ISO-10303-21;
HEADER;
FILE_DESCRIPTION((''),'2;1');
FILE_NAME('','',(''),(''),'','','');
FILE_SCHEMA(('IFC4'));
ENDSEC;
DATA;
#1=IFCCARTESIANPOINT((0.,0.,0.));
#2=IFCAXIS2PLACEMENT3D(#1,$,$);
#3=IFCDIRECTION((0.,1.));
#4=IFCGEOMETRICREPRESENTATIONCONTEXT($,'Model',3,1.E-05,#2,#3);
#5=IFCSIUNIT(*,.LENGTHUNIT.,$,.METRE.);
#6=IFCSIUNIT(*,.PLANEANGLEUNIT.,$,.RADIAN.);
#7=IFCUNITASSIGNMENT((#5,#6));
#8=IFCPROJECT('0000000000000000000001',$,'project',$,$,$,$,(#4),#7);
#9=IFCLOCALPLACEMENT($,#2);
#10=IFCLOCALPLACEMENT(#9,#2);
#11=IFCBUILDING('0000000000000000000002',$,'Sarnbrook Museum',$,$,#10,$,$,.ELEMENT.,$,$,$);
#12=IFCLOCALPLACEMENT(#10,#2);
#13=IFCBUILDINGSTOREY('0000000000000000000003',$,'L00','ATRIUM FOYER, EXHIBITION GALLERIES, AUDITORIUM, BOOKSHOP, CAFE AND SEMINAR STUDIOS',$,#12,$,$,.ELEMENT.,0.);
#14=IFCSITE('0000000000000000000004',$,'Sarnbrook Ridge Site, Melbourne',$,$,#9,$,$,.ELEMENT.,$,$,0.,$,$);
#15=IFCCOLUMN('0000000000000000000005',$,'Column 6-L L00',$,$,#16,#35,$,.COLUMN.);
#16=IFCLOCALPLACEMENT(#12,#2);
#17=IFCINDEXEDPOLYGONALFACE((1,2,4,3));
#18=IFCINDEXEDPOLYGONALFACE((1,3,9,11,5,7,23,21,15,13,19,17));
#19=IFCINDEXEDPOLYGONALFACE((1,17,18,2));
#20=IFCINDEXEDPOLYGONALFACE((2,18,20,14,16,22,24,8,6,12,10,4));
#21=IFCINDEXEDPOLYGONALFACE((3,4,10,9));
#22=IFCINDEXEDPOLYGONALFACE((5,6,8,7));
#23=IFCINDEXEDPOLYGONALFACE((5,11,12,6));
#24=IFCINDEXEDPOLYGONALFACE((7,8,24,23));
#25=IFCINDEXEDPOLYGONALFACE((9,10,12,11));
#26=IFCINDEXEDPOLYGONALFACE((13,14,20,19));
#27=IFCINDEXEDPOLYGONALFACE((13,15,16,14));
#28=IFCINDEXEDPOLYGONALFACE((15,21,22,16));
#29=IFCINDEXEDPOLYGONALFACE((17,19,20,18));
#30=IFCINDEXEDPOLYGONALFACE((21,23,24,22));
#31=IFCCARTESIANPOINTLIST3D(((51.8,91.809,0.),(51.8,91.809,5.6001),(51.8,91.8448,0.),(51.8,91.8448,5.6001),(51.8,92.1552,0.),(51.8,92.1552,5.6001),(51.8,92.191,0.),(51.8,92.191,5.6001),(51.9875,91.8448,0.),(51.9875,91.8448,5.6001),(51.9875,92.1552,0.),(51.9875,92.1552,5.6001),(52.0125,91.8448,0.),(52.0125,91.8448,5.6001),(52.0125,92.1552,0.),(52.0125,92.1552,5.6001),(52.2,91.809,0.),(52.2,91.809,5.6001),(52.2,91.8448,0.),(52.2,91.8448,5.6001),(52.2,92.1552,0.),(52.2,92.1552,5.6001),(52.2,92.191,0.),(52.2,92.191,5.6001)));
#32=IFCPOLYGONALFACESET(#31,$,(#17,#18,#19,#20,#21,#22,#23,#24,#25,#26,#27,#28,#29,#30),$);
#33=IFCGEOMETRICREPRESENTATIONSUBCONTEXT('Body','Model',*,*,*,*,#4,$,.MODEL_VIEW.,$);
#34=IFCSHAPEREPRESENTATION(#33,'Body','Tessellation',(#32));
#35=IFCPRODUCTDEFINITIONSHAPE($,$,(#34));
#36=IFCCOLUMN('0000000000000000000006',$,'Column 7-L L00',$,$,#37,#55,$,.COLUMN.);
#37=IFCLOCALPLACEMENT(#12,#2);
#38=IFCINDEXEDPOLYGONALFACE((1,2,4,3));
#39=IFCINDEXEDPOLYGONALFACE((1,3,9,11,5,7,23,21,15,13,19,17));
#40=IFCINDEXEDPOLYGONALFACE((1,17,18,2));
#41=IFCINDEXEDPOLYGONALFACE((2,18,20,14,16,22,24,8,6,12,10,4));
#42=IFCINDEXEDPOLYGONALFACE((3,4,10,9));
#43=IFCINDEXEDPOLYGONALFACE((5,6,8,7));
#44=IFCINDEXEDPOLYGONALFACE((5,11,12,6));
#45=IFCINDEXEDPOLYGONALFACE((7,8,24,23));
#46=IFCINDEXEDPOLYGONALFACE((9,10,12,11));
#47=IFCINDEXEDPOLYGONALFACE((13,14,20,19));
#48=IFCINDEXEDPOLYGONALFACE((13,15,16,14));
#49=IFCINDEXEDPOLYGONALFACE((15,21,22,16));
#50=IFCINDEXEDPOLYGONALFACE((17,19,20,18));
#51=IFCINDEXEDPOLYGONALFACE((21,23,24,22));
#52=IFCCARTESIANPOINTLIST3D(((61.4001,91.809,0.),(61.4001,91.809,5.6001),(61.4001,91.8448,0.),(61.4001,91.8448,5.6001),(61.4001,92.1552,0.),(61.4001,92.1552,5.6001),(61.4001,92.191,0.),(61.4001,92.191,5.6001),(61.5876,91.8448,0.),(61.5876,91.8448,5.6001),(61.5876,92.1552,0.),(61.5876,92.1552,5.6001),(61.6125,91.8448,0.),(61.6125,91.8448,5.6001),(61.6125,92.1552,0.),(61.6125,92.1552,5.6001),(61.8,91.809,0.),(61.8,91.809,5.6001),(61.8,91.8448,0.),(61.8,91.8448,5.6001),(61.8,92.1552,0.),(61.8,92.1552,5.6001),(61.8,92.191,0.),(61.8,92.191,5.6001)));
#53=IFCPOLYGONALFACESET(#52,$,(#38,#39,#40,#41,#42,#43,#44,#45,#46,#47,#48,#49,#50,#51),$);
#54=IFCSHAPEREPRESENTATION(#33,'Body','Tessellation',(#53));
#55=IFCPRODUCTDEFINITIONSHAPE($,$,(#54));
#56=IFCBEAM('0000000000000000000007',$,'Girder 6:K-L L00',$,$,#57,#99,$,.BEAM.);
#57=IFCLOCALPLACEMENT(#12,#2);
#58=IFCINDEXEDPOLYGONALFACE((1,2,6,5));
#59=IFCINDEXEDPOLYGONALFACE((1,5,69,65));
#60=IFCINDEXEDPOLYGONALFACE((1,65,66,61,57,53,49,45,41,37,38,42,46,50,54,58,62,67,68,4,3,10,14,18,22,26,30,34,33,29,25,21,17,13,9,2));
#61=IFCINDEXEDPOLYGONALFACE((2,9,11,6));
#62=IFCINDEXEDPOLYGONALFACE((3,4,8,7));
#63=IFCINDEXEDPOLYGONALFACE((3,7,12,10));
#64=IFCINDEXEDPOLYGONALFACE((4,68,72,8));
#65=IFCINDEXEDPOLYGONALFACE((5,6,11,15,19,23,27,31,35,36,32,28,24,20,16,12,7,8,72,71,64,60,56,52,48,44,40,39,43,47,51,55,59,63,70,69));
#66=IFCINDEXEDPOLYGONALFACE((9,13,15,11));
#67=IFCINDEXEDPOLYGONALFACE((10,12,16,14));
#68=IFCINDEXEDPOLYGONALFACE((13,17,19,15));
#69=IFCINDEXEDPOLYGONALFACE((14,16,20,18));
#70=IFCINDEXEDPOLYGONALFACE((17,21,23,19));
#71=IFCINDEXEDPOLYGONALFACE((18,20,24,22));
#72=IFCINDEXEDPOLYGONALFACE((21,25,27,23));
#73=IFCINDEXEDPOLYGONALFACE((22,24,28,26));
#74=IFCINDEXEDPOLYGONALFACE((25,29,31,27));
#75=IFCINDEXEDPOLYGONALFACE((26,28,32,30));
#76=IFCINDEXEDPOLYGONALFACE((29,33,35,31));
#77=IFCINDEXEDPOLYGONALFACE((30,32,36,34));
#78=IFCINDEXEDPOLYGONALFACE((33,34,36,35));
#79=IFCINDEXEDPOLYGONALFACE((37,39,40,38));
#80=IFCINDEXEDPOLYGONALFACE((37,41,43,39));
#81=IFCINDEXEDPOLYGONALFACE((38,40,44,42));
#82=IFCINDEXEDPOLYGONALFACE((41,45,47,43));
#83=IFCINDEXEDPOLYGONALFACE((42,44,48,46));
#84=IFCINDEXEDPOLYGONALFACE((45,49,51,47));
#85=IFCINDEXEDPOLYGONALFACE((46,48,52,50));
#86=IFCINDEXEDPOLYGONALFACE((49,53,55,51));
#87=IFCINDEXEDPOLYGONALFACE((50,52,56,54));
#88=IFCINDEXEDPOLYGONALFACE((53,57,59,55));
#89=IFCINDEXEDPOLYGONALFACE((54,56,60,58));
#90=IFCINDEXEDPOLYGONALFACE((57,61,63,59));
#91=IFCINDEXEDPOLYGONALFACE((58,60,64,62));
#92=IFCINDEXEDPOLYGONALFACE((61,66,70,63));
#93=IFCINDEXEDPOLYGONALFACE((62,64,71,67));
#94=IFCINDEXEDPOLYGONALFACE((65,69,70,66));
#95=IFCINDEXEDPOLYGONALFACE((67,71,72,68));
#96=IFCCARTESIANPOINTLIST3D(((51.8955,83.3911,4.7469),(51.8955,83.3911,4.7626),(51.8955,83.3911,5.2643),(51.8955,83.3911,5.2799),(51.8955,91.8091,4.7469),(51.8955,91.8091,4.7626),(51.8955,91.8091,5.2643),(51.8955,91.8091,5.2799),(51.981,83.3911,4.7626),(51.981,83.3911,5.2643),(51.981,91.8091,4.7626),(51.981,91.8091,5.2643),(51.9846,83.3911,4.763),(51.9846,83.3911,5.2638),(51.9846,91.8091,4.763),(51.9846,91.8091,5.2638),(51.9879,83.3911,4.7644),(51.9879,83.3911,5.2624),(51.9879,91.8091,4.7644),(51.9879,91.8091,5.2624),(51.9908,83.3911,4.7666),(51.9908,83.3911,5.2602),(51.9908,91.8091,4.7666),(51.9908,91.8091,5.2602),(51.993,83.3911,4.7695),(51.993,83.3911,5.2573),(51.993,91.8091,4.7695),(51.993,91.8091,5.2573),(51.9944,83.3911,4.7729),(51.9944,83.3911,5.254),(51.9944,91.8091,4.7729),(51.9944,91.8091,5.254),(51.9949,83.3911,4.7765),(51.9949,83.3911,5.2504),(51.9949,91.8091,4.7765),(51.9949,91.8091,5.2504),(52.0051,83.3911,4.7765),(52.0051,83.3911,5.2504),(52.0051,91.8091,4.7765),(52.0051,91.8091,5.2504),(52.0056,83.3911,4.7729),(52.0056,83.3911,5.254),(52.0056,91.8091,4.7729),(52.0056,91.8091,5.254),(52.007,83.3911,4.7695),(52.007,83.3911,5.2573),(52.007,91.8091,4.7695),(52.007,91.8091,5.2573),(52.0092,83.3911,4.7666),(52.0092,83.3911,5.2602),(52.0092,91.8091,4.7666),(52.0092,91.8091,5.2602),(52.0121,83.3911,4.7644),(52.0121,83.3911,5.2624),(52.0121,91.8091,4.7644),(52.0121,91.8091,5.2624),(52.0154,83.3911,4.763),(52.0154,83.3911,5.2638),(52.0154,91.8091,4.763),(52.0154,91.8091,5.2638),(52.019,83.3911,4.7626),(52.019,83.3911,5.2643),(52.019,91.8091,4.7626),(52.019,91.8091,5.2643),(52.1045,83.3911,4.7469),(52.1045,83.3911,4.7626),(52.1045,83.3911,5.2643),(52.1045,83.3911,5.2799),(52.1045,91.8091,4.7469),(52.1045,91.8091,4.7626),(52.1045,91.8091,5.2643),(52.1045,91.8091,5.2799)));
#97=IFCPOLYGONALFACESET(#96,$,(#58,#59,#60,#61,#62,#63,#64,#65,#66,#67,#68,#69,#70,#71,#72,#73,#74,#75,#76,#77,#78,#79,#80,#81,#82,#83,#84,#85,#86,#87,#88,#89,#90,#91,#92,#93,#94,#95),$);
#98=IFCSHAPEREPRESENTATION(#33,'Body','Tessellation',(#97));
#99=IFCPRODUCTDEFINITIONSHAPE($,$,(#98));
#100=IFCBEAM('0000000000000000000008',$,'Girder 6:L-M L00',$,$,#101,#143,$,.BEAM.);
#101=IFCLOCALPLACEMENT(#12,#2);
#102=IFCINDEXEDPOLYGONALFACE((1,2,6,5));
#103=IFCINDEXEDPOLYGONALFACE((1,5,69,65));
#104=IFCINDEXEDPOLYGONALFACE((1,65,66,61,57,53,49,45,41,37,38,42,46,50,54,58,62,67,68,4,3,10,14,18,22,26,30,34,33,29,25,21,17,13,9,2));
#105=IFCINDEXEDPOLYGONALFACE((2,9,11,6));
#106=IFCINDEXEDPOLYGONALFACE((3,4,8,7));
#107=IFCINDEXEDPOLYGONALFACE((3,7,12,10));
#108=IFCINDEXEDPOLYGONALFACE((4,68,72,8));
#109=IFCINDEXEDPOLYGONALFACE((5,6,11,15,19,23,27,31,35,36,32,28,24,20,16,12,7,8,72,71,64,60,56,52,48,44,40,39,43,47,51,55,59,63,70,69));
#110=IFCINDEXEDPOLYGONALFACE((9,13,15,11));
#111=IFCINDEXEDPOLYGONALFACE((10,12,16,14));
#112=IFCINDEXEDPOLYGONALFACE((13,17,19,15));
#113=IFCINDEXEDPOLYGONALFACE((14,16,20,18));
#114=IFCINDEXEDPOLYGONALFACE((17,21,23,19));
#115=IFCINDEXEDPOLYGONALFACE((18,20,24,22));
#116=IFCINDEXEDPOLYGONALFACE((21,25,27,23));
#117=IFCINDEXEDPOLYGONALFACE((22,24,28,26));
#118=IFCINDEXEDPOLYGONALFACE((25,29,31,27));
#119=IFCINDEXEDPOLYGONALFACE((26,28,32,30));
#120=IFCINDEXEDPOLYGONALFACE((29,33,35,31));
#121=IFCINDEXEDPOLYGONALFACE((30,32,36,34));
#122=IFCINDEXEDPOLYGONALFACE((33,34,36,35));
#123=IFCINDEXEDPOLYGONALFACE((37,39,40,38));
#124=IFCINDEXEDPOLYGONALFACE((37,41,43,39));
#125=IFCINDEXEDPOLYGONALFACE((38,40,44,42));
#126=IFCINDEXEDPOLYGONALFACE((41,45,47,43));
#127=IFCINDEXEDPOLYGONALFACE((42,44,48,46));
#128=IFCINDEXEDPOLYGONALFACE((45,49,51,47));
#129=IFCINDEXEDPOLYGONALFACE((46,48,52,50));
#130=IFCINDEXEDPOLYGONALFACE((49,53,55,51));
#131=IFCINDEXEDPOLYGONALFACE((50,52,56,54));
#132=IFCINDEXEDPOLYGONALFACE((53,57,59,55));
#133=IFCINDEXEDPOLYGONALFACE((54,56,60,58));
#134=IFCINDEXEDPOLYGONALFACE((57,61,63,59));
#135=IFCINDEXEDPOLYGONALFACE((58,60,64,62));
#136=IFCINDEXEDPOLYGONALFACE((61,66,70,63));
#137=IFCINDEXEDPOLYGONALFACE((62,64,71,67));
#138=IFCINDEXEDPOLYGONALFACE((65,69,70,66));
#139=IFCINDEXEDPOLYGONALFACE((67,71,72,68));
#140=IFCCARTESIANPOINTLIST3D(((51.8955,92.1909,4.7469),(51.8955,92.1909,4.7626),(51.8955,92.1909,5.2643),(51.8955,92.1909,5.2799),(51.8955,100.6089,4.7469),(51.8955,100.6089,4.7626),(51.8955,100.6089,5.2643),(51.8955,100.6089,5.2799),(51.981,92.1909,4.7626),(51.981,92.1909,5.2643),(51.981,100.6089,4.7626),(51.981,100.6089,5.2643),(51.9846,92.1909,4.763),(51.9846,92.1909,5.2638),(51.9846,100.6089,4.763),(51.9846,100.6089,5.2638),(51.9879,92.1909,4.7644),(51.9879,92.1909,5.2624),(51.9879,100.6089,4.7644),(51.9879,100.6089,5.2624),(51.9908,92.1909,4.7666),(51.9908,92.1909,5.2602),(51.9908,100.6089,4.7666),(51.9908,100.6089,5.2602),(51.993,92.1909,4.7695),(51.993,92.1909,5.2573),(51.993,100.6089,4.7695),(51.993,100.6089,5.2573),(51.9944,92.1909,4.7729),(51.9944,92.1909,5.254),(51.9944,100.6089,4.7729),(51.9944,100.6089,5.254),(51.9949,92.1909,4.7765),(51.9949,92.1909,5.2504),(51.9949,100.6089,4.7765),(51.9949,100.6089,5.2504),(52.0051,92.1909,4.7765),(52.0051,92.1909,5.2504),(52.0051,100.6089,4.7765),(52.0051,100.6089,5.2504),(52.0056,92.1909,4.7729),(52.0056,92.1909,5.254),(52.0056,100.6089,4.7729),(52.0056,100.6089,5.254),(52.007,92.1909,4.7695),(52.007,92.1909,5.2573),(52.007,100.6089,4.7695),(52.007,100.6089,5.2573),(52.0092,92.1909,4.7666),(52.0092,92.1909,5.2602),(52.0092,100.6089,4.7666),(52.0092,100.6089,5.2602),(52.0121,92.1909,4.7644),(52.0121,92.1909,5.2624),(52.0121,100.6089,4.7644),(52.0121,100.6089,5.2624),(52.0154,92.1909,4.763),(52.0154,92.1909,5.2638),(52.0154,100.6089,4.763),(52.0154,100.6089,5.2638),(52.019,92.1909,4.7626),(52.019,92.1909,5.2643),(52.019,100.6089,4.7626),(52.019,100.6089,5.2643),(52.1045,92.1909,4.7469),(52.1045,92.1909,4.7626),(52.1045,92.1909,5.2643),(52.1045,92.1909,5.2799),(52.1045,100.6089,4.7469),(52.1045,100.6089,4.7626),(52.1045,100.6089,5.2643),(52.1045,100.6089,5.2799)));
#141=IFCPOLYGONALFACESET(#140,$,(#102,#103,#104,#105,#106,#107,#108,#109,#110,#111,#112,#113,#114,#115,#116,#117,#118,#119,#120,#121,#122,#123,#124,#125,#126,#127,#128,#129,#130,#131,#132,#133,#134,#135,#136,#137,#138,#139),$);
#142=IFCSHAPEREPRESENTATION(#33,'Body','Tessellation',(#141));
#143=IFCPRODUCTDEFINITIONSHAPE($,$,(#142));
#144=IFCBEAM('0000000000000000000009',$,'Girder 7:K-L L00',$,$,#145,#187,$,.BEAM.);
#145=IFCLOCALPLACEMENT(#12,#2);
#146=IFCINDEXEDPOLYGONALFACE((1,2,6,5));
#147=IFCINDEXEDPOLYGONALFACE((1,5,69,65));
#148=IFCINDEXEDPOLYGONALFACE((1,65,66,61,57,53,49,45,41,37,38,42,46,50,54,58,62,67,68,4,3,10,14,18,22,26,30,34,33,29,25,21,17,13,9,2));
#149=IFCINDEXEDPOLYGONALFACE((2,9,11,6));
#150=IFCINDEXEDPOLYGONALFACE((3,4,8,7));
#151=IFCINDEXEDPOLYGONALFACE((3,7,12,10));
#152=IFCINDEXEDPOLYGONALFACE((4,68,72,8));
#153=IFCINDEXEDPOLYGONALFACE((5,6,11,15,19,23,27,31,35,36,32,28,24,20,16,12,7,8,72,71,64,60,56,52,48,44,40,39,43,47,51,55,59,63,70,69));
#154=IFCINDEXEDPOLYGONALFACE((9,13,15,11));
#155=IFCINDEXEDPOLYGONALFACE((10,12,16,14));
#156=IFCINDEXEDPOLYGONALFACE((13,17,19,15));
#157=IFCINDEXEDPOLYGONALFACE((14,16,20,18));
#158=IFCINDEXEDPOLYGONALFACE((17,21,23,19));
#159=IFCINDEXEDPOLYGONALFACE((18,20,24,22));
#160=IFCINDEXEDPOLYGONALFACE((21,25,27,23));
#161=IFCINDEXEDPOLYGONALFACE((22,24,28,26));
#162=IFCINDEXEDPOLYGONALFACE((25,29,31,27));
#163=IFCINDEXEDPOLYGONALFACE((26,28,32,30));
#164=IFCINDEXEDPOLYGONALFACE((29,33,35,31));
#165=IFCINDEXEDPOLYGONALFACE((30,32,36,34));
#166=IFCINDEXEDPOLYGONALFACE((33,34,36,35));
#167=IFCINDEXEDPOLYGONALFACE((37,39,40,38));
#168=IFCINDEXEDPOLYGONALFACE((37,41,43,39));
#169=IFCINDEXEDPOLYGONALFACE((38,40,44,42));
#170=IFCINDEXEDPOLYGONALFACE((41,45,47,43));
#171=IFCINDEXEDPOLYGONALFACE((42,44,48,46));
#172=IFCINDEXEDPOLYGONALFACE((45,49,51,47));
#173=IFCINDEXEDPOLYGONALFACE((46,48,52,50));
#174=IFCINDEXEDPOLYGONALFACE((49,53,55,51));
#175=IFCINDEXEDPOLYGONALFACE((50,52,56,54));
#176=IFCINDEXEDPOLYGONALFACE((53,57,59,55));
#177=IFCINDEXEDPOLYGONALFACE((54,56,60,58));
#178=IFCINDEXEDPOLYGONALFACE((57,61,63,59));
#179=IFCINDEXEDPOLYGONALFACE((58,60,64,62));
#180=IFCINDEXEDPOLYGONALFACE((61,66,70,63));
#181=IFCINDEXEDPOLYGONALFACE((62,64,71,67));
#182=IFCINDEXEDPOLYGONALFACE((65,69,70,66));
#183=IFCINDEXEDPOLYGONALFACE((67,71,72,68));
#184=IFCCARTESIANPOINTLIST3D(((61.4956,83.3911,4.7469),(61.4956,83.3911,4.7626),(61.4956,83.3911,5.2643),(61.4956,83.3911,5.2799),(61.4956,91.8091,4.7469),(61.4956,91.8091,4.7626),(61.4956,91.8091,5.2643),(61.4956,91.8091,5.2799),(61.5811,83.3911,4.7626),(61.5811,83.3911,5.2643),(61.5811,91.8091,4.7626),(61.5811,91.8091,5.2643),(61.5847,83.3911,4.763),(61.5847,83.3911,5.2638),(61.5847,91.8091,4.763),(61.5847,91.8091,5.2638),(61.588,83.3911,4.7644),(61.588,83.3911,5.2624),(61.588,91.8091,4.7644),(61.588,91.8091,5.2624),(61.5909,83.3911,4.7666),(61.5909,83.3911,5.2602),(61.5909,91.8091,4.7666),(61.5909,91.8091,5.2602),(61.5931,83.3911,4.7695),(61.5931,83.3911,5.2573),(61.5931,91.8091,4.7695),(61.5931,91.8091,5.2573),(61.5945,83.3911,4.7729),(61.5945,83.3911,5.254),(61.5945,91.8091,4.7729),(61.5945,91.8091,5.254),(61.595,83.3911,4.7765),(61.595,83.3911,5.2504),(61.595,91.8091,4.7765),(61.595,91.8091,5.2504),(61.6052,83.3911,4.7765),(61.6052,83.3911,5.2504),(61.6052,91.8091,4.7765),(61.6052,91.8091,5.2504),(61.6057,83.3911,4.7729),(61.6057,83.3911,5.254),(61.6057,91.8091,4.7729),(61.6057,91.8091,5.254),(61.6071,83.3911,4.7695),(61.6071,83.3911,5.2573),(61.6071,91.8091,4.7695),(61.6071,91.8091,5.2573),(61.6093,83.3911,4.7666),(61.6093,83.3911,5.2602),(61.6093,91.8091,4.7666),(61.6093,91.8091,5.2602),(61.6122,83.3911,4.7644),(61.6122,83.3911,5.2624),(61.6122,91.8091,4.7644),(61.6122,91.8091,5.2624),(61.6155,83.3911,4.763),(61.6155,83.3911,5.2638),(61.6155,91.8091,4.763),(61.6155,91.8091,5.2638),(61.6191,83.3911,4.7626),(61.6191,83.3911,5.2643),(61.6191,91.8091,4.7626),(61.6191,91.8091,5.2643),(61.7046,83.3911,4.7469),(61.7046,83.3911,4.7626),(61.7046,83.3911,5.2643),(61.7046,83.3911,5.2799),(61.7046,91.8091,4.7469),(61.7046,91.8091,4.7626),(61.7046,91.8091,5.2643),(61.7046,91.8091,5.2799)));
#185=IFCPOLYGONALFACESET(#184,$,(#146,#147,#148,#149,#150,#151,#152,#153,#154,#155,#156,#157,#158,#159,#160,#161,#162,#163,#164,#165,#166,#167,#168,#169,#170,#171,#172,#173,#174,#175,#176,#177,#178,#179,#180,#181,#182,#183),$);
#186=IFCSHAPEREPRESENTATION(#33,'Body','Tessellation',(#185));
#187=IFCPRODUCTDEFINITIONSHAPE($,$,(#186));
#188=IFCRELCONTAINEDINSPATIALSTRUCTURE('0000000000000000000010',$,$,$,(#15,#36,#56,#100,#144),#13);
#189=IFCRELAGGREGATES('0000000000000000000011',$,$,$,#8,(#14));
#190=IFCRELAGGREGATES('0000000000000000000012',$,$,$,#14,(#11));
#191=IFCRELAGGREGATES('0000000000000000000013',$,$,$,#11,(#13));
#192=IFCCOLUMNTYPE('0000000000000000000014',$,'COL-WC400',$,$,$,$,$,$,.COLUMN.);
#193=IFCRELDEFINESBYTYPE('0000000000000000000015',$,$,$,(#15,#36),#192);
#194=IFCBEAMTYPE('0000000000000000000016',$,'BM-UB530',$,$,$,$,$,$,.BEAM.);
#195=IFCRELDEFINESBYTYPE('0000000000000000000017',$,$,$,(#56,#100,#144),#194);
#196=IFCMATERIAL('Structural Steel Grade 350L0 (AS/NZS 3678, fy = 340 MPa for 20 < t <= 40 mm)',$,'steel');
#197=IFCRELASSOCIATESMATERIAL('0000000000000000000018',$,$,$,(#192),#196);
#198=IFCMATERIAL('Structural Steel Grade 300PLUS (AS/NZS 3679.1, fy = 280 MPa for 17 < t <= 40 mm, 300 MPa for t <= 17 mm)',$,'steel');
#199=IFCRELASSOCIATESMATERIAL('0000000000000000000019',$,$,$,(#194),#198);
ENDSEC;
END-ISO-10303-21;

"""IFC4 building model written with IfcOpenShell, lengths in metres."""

from ifc_helpers import new_model, si_unit, direction, frame, origin, origin_2d, place, context, subcontext, project, spatial, i_section, extrude, material, material_profile, profile_set, type_object, element, save


model = new_model("IFC4")

# Units and contexts
model_context = context("Model", 3, precision=1e-05, world=origin(), true_north=direction((0.0, 1.0)))
body_context = subcontext(model_context, "Body", "Model", "MODEL_VIEW")
ifc_project = project(units=[si_unit("LENGTHUNIT", "METRE"), si_unit("PLANEANGLEUNIT", "RADIAN")], contexts=[model_context])

# Site, building, storey
site_placement = place(None, origin())
site = spatial("IfcSite", under=ifc_project, at=site_placement, Name="Sarnbrook Ridge Site, Melbourne", CompositionType="ELEMENT", RefElevation=0.0)
building_placement = place(site_placement, origin())
building = spatial("IfcBuilding", under=site, at=building_placement, Name="Sarnbrook Museum", CompositionType="ELEMENT")
storey_placement = place(building_placement, origin())
storey = spatial("IfcBuildingStorey", under=building, at=storey_placement, Name="L00", Description="ATRIUM FOYER, EXHIBITION GALLERIES, AUDITORIUM, BOOKSHOP, CAFE AND SEMINAR STUDIOS", CompositionType="ELEMENT", Elevation=0.0)

# Columns
ifc_material_1 = material(Name="Structural Steel Grade 350L0 (AS/NZS 3678, fy = 340 MPa for 20 < t <= 40 mm)", Category="steel")
ifc_material_profile_1 = material_profile(ifc_material_1, i_section(OverallWidth=0.3999, OverallDepth=0.3821, WebThickness=0.0249, FlangeThickness=0.0359, at=origin_2d()), Name="400WC270")
ifc_profile_set_1 = profile_set([ifc_material_profile_1], Name="Structural Steel Grade 350L0 (AS/NZS 3678, fy = 340 MPa for 20 < t <= 40 mm)")
column_type = type_object("IfcColumnType", Name="COL-WC400", PredefinedType="COLUMN", material=ifc_profile_set_1)
for number, where, z_axis, x_axis, name in (
    (1, (52.0, 92.0, 0.0), (0.0, 0.0, 1.0), (1.0, 0.0, 0.0), "Column 6-L L00"),
    (2, (61.6001, 92.0, 0.0), (0.0, 0.0, 1.0), (1.0, 0.0, 0.0), "Column 7-L L00"),
):
    element("IfcColumn", number, at=place(storey_placement, frame(where, z_axis=z_axis, x_axis=x_axis)), inside=storey, type_object=column_type, Name=name, PredefinedType="COLUMN", context=body_context, shape_type="SweptSolid", body=[
        extrude(i_section(OverallWidth=0.3999, OverallDepth=0.3821, WebThickness=0.0249, FlangeThickness=0.0359, at=origin_2d()), origin(), (0.0, 0.0, 1.0), 5.6001),
    ])

# Beams
ifc_material_2 = material(Name="Structural Steel Grade 300PLUS (AS/NZS 3679.1, fy = 280 MPa for 17 < t <= 40 mm, 300 MPa for t <= 17 mm)", Category="steel")
ifc_material_profile_2 = material_profile(ifc_material_2, i_section(OverallWidth=0.209, OverallDepth=0.533, WebThickness=0.0103, FlangeThickness=0.0156, FilletRadius=0.0139, at=origin_2d()), Name="530UB92.4")
ifc_profile_set_2 = profile_set([ifc_material_profile_2], Name="Structural Steel Grade 300PLUS (AS/NZS 3679.1, fy = 280 MPa for 17 < t <= 40 mm, 300 MPa for t <= 17 mm)")
beam_type_1 = type_object("IfcBeamType", Name="BM-UB530", PredefinedType="BEAM", material=ifc_profile_set_2)
for number, where, z_axis, x_axis, name in (
    (3, (52.0, 83.3911, 5.0134), (0.0, 1.0, 0.0), (-1.0, 0.0, 0.0), "Girder 6:K-L L00"),
    (4, (52.0, 92.1909, 5.0134), (0.0, 1.0, 0.0), (-1.0, 0.0, 0.0), "Girder 6:L-M L00"),
    (5, (61.6001, 83.3911, 5.0134), (0.0, 1.0, 0.0), (-1.0, 0.0, 0.0), "Girder 7:K-L L00"),
):
    element("IfcBeam", number, at=place(storey_placement, frame(where, z_axis=z_axis, x_axis=x_axis)), inside=storey, type_object=beam_type_1, Name=name, PredefinedType="BEAM", context=body_context, shape_type="SweptSolid", body=[
        extrude(i_section(OverallWidth=0.209, OverallDepth=0.533, WebThickness=0.0103, FlangeThickness=0.0156, FilletRadius=0.0139, at=origin_2d()), origin(), (0.0, 0.0, 1.0), 8.418),
    ])

save(model, "model.ifc")
